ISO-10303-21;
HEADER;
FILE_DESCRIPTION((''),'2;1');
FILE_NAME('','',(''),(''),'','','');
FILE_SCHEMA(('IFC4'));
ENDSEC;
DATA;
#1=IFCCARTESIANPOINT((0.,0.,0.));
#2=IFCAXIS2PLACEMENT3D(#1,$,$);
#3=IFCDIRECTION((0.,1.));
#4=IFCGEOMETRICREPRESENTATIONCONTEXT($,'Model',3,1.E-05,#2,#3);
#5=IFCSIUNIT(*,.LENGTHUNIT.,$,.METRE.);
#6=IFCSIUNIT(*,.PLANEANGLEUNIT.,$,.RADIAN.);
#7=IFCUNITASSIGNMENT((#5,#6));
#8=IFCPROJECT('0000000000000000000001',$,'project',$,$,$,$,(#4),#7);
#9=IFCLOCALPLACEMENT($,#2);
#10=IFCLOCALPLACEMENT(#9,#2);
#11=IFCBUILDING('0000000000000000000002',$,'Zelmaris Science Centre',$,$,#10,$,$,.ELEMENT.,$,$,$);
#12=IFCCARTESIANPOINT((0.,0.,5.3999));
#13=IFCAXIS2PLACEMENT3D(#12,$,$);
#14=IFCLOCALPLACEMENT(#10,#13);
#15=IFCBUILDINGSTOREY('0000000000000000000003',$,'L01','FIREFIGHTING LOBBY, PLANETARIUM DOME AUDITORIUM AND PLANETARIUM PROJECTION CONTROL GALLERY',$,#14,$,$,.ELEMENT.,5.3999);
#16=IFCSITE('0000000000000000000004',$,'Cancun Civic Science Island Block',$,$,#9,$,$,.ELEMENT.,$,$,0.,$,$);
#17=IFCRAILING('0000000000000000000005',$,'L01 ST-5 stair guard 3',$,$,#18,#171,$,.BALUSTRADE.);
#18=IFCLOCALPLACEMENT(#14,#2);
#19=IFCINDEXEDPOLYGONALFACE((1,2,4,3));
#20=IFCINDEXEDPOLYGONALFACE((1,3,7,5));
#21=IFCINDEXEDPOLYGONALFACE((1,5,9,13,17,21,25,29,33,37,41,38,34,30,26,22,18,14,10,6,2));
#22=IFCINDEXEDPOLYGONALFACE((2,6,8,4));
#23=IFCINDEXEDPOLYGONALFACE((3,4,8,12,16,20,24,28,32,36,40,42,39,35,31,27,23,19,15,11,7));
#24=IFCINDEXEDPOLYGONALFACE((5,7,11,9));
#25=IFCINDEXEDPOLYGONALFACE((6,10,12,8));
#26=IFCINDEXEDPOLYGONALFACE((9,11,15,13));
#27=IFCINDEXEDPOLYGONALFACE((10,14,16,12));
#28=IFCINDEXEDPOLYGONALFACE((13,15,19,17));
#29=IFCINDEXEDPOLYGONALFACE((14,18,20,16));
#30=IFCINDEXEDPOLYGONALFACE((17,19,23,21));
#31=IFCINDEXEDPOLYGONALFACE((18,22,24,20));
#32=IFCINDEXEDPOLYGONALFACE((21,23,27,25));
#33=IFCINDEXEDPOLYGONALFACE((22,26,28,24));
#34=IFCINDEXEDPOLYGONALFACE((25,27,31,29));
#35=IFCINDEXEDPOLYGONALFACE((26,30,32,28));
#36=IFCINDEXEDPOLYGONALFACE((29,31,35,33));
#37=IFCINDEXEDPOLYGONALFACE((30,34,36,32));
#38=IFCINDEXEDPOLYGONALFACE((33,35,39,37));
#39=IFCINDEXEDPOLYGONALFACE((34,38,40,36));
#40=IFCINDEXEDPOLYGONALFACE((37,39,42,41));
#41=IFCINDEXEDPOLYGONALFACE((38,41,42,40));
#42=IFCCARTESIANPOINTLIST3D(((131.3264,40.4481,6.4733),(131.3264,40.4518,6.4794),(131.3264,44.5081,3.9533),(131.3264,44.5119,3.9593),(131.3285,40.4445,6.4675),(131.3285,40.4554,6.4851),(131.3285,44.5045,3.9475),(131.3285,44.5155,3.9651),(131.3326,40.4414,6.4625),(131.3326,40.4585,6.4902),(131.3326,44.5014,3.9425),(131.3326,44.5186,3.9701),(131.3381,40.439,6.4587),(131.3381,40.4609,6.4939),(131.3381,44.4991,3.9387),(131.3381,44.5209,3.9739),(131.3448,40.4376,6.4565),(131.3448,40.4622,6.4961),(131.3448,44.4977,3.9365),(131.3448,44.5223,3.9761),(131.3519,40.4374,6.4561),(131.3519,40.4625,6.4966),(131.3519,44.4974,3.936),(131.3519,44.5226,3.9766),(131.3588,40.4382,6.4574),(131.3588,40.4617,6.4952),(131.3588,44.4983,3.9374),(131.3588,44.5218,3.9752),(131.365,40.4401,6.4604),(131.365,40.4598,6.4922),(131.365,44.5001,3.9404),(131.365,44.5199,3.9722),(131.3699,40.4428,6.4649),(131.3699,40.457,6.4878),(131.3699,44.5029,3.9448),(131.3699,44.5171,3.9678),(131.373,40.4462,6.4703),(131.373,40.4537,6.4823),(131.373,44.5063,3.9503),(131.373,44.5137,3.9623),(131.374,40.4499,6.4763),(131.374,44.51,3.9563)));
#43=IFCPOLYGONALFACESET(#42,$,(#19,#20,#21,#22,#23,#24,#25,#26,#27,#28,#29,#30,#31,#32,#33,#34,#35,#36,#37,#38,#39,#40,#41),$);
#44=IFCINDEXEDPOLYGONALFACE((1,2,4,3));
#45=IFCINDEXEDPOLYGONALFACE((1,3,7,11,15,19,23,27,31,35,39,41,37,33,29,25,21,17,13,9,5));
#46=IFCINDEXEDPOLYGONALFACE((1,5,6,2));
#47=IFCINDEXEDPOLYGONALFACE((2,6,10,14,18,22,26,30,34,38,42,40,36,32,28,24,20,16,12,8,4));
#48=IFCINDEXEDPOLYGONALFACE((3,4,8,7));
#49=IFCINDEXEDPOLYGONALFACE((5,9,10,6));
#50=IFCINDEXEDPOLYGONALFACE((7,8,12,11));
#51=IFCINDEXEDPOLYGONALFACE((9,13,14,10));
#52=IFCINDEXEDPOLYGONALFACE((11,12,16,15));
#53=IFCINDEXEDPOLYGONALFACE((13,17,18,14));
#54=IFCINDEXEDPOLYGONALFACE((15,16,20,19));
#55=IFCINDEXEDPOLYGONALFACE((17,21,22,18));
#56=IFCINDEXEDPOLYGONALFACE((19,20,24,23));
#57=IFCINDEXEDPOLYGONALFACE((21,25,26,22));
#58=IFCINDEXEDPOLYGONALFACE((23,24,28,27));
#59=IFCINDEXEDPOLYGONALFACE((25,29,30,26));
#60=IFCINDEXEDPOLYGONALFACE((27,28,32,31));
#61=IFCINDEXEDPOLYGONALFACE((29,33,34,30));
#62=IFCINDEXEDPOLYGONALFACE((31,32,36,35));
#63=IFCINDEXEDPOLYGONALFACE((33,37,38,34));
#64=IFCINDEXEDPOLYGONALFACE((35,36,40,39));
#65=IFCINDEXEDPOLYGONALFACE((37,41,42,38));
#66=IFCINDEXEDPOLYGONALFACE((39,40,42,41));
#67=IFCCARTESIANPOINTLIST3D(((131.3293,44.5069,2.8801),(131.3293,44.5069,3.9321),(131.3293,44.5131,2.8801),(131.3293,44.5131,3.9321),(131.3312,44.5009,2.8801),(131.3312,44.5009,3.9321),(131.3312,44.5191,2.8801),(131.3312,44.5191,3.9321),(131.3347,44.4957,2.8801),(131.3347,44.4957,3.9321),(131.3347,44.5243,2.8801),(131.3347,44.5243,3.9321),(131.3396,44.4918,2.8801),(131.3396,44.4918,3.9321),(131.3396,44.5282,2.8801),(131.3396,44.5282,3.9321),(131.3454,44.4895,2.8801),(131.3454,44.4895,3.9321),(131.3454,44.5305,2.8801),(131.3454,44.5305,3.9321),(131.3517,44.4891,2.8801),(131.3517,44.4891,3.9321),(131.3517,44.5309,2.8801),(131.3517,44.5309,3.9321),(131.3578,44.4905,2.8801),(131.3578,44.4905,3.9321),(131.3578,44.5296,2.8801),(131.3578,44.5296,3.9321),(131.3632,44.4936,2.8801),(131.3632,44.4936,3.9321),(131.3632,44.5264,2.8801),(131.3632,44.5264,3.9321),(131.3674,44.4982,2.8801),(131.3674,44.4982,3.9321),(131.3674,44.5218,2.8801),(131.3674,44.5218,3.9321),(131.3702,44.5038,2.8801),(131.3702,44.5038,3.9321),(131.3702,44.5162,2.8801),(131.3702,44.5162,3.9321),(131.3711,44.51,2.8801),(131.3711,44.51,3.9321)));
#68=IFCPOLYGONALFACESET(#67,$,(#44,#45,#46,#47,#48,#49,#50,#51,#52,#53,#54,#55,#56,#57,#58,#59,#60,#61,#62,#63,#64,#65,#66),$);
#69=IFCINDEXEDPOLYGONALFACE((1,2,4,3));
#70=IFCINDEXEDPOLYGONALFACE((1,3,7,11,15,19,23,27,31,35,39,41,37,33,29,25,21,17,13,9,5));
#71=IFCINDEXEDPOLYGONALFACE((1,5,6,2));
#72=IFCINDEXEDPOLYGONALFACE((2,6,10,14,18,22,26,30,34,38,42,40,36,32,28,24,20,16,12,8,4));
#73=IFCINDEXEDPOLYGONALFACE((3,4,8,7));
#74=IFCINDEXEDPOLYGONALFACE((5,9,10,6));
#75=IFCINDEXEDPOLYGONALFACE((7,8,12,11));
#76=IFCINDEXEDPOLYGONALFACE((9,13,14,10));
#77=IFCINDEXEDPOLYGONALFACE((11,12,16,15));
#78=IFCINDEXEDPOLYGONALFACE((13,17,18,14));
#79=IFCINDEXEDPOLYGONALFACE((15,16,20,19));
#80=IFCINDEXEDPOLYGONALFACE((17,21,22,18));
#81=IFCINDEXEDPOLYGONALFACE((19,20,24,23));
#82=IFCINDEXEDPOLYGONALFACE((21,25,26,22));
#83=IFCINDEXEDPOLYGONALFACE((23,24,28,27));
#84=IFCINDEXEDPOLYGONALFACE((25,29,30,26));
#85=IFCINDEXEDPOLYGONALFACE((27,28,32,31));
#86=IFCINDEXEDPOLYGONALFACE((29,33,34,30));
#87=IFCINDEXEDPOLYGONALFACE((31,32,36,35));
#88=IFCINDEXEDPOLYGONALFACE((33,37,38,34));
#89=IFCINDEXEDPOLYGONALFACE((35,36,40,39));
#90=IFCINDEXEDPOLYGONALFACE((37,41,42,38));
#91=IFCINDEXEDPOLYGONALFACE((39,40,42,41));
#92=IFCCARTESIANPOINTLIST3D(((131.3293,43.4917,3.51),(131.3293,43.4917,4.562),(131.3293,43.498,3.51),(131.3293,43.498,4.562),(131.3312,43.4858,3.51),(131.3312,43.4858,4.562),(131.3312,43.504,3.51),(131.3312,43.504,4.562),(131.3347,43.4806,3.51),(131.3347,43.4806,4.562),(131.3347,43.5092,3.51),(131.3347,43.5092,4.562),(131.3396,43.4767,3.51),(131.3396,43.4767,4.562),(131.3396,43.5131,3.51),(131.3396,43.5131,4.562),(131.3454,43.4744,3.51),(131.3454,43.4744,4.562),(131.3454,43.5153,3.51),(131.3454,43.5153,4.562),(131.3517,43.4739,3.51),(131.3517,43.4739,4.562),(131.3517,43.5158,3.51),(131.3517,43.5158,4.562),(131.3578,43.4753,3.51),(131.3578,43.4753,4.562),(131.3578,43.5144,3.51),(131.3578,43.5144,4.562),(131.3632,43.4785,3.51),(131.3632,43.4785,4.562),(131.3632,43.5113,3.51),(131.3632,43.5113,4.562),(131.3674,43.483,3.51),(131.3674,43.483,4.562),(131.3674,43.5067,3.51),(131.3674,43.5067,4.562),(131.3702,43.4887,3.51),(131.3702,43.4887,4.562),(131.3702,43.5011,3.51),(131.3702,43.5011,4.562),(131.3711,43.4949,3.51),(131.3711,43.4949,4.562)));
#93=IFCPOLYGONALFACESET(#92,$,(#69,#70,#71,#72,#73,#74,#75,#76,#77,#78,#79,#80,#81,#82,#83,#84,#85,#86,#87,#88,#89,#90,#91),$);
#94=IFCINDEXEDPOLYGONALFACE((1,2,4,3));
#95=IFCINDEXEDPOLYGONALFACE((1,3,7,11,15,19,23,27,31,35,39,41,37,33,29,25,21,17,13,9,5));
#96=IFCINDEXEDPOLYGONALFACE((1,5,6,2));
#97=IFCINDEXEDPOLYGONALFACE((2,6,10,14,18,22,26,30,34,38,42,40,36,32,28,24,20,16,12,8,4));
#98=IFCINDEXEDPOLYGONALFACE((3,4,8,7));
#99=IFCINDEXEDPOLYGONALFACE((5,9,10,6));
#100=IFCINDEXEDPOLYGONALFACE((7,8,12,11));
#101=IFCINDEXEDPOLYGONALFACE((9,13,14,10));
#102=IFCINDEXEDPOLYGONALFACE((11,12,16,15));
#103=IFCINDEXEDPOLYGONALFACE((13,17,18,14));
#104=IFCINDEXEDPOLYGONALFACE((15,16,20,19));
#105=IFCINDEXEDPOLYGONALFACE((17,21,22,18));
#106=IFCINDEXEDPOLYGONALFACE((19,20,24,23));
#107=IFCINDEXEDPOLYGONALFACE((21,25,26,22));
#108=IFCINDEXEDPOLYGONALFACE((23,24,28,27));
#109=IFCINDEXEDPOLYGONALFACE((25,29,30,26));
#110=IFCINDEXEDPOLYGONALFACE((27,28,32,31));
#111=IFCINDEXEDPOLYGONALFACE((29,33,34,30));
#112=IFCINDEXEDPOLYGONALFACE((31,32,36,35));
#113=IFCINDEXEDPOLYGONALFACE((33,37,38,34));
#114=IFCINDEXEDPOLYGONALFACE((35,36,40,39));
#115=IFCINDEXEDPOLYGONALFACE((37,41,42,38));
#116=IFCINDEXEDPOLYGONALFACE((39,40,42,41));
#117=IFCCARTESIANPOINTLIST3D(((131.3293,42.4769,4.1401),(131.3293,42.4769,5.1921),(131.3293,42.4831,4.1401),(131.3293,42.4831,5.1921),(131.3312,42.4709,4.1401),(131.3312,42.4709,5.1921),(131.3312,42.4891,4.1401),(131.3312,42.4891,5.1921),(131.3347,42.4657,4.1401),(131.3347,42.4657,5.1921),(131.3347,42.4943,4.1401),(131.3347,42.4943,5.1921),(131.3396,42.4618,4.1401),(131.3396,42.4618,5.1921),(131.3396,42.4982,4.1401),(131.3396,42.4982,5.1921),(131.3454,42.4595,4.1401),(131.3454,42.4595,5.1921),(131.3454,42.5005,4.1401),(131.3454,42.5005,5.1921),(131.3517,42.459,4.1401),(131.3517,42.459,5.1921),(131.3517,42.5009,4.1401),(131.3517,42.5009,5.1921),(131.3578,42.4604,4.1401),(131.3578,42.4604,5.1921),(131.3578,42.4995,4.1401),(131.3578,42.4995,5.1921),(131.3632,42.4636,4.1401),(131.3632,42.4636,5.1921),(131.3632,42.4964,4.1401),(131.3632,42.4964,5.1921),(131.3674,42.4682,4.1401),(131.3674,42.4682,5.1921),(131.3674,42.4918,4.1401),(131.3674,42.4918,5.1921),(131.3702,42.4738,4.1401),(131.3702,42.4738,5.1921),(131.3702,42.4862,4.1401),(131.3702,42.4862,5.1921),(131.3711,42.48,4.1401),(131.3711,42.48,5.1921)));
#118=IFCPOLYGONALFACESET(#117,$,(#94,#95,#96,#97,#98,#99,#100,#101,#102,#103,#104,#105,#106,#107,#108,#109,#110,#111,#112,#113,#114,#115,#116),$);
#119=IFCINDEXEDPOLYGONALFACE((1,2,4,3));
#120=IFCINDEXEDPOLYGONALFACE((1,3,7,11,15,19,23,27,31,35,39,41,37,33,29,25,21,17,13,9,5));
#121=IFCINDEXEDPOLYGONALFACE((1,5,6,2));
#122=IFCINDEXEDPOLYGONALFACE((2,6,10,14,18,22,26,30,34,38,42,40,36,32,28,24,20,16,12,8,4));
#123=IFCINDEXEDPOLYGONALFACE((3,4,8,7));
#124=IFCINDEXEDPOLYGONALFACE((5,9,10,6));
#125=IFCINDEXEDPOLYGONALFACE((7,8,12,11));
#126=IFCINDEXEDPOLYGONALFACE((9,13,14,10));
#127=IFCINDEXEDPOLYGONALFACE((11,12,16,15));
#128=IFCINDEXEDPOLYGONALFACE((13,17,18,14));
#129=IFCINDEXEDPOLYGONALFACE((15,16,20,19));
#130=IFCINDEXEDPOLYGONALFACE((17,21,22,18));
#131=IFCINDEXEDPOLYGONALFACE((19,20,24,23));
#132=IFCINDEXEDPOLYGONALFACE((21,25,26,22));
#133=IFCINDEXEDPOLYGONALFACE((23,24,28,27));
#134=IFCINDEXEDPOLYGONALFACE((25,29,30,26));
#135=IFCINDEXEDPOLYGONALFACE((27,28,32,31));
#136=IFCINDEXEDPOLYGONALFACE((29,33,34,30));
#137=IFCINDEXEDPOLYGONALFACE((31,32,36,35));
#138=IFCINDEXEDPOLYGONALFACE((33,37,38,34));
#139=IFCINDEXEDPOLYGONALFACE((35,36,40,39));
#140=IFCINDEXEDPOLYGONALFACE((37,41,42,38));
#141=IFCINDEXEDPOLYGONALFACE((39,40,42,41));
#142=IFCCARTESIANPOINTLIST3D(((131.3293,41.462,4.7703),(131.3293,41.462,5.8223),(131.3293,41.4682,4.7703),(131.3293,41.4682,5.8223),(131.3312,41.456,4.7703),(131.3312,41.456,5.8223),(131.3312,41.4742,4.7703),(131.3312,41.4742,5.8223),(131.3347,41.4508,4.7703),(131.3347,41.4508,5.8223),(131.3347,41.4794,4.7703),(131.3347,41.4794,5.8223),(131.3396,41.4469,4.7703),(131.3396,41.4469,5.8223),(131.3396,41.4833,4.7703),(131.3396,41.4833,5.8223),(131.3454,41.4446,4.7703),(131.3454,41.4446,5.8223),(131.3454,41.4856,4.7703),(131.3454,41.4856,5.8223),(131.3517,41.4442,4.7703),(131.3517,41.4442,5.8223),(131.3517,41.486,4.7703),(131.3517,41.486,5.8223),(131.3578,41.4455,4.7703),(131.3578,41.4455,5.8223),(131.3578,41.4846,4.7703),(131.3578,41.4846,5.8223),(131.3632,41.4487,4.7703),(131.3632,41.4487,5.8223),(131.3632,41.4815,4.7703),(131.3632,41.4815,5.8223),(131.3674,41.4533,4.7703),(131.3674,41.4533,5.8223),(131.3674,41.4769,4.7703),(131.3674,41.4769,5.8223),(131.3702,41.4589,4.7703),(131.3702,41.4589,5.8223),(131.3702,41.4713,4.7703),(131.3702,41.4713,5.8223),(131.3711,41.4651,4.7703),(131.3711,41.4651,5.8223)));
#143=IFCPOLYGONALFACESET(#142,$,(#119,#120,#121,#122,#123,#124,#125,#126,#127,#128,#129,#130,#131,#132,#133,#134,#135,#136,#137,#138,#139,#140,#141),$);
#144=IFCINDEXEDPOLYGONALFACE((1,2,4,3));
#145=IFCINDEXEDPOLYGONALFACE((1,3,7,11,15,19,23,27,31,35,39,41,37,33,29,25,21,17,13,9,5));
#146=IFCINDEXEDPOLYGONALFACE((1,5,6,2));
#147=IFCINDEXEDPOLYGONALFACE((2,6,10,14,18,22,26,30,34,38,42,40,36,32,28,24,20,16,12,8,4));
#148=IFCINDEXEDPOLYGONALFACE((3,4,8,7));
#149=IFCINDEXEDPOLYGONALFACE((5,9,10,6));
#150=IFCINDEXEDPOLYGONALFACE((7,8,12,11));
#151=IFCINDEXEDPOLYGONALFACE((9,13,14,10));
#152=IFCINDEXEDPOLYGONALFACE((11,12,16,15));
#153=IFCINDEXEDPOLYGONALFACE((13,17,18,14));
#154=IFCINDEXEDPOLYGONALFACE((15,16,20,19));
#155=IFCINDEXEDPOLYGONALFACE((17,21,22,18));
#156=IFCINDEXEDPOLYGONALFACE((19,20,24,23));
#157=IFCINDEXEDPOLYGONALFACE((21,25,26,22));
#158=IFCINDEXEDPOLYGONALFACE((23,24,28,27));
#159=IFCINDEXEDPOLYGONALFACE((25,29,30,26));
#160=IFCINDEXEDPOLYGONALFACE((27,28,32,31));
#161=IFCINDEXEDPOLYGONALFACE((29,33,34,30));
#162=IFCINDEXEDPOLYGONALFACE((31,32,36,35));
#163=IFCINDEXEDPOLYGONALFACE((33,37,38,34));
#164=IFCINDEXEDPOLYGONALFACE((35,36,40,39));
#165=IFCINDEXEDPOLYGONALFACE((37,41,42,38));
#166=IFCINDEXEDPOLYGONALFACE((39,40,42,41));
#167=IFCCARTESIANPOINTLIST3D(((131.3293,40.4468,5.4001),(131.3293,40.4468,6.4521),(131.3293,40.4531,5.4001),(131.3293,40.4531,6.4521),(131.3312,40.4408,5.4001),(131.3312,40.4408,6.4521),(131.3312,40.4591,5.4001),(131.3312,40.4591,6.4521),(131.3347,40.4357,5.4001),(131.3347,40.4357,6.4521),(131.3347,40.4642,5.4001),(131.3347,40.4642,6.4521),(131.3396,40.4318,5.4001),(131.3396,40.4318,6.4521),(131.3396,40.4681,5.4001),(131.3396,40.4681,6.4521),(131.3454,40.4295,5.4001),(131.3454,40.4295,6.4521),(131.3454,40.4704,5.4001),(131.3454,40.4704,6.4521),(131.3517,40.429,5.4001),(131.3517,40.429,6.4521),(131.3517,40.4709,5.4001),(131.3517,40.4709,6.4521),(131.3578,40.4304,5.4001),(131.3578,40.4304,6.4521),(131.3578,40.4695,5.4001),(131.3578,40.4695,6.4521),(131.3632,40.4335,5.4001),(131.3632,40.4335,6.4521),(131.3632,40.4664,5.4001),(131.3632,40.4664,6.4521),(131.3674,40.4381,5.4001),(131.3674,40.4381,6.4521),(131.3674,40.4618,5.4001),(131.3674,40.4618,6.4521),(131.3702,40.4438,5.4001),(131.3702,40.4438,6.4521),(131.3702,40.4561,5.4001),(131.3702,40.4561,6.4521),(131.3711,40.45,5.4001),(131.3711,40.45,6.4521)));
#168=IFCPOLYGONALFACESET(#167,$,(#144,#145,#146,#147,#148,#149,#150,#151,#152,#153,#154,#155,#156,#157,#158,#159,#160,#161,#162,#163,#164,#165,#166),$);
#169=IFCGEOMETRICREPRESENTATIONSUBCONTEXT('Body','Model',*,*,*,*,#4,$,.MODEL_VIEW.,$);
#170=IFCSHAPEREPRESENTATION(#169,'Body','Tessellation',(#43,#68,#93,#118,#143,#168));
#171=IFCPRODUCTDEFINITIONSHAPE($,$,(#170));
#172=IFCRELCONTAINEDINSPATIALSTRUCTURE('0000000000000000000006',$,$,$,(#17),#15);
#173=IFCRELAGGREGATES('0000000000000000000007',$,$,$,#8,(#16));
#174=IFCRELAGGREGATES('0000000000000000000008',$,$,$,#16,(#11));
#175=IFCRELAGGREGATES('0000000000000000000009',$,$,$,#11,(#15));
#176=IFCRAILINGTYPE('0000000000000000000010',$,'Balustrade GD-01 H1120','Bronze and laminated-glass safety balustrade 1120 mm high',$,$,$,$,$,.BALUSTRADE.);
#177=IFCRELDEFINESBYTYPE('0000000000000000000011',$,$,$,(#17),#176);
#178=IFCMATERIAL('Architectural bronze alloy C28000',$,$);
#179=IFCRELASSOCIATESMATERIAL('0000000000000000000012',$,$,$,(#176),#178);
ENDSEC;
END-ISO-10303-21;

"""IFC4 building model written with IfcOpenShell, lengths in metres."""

from ifc_helpers import new_model, si_unit, direction, frame, origin, origin_2d, place, context, subcontext, project, spatial, circle, extrude, material, type_object, element, save


model = new_model("IFC4")

# Units and contexts
model_context = context("Model", 3, precision=1e-05, world=origin(), true_north=direction((0.0, 1.0)))
body_context = subcontext(model_context, "Body", "Model", "MODEL_VIEW")
ifc_project = project(units=[si_unit("LENGTHUNIT", "METRE"), si_unit("PLANEANGLEUNIT", "RADIAN")], contexts=[model_context])

# Site, building, storey
site_placement = place(None, origin())
site = spatial("IfcSite", under=ifc_project, at=site_placement, Name="Cancun Civic Science Island Block", CompositionType="ELEMENT", RefElevation=0.0)
building_placement = place(site_placement, origin())
building = spatial("IfcBuilding", under=site, at=building_placement, Name="Zelmaris Science Centre", CompositionType="ELEMENT")
storey_placement = place(building_placement, frame((0.0, 0.0, 5.3999)))
storey = spatial("IfcBuildingStorey", under=building, at=storey_placement, Name="L01", Description="FIREFIGHTING LOBBY, PLANETARIUM DOME AUDITORIUM AND PLANETARIUM PROJECTION CONTROL GALLERY", CompositionType="ELEMENT", Elevation=5.3999)

# Railing
ifc_material_1 = material(Name="Architectural bronze alloy C28000")
railing_type_1 = type_object("IfcRailingType", Name="Balustrade GD-01 H1120", Description="Bronze and laminated-glass safety balustrade 1120 mm high", PredefinedType="BALUSTRADE", material=ifc_material_1)
railing_1_placement = place(storey_placement, frame((131.3501, 44.51, 2.8801)))
element("IfcRailing", 1, at=railing_1_placement, inside=storey, type_object=railing_type_1, Name="L01 ST-5 stair guard 3", PredefinedType="BALUSTRADE", context=body_context, shape_type="SweptSolid", body=[
    extrude(circle(Radius=0.0239, at=origin_2d()), frame((0.0, 0.0, 1.0762), z_axis=(0.0, -0.849642, 0.52736), x_axis=(1.0, 0.0, 0.0)), (0.0, 0.0, 1.0), 4.7786),
    extrude(circle(Radius=0.021, at=origin_2d()), origin(), (0.0, 0.0, 1.0), 1.052),
    extrude(circle(Radius=0.021, at=origin_2d()), frame((0.0, -1.0151, 0.6299)), (0.0, 0.0, 1.0), 1.052),
    extrude(circle(Radius=0.021, at=origin_2d()), frame((0.0, -2.03, 1.26)), (0.0, 0.0, 1.0), 1.052),
    extrude(circle(Radius=0.021, at=origin_2d()), frame((0.0, -3.0449, 1.8901)), (0.0, 0.0, 1.0), 1.052),
    extrude(circle(Radius=0.021, at=origin_2d()), frame((0.0, -4.0601, 2.52)), (0.0, 0.0, 1.0), 1.052),
])

save(model, "model.ifc")
